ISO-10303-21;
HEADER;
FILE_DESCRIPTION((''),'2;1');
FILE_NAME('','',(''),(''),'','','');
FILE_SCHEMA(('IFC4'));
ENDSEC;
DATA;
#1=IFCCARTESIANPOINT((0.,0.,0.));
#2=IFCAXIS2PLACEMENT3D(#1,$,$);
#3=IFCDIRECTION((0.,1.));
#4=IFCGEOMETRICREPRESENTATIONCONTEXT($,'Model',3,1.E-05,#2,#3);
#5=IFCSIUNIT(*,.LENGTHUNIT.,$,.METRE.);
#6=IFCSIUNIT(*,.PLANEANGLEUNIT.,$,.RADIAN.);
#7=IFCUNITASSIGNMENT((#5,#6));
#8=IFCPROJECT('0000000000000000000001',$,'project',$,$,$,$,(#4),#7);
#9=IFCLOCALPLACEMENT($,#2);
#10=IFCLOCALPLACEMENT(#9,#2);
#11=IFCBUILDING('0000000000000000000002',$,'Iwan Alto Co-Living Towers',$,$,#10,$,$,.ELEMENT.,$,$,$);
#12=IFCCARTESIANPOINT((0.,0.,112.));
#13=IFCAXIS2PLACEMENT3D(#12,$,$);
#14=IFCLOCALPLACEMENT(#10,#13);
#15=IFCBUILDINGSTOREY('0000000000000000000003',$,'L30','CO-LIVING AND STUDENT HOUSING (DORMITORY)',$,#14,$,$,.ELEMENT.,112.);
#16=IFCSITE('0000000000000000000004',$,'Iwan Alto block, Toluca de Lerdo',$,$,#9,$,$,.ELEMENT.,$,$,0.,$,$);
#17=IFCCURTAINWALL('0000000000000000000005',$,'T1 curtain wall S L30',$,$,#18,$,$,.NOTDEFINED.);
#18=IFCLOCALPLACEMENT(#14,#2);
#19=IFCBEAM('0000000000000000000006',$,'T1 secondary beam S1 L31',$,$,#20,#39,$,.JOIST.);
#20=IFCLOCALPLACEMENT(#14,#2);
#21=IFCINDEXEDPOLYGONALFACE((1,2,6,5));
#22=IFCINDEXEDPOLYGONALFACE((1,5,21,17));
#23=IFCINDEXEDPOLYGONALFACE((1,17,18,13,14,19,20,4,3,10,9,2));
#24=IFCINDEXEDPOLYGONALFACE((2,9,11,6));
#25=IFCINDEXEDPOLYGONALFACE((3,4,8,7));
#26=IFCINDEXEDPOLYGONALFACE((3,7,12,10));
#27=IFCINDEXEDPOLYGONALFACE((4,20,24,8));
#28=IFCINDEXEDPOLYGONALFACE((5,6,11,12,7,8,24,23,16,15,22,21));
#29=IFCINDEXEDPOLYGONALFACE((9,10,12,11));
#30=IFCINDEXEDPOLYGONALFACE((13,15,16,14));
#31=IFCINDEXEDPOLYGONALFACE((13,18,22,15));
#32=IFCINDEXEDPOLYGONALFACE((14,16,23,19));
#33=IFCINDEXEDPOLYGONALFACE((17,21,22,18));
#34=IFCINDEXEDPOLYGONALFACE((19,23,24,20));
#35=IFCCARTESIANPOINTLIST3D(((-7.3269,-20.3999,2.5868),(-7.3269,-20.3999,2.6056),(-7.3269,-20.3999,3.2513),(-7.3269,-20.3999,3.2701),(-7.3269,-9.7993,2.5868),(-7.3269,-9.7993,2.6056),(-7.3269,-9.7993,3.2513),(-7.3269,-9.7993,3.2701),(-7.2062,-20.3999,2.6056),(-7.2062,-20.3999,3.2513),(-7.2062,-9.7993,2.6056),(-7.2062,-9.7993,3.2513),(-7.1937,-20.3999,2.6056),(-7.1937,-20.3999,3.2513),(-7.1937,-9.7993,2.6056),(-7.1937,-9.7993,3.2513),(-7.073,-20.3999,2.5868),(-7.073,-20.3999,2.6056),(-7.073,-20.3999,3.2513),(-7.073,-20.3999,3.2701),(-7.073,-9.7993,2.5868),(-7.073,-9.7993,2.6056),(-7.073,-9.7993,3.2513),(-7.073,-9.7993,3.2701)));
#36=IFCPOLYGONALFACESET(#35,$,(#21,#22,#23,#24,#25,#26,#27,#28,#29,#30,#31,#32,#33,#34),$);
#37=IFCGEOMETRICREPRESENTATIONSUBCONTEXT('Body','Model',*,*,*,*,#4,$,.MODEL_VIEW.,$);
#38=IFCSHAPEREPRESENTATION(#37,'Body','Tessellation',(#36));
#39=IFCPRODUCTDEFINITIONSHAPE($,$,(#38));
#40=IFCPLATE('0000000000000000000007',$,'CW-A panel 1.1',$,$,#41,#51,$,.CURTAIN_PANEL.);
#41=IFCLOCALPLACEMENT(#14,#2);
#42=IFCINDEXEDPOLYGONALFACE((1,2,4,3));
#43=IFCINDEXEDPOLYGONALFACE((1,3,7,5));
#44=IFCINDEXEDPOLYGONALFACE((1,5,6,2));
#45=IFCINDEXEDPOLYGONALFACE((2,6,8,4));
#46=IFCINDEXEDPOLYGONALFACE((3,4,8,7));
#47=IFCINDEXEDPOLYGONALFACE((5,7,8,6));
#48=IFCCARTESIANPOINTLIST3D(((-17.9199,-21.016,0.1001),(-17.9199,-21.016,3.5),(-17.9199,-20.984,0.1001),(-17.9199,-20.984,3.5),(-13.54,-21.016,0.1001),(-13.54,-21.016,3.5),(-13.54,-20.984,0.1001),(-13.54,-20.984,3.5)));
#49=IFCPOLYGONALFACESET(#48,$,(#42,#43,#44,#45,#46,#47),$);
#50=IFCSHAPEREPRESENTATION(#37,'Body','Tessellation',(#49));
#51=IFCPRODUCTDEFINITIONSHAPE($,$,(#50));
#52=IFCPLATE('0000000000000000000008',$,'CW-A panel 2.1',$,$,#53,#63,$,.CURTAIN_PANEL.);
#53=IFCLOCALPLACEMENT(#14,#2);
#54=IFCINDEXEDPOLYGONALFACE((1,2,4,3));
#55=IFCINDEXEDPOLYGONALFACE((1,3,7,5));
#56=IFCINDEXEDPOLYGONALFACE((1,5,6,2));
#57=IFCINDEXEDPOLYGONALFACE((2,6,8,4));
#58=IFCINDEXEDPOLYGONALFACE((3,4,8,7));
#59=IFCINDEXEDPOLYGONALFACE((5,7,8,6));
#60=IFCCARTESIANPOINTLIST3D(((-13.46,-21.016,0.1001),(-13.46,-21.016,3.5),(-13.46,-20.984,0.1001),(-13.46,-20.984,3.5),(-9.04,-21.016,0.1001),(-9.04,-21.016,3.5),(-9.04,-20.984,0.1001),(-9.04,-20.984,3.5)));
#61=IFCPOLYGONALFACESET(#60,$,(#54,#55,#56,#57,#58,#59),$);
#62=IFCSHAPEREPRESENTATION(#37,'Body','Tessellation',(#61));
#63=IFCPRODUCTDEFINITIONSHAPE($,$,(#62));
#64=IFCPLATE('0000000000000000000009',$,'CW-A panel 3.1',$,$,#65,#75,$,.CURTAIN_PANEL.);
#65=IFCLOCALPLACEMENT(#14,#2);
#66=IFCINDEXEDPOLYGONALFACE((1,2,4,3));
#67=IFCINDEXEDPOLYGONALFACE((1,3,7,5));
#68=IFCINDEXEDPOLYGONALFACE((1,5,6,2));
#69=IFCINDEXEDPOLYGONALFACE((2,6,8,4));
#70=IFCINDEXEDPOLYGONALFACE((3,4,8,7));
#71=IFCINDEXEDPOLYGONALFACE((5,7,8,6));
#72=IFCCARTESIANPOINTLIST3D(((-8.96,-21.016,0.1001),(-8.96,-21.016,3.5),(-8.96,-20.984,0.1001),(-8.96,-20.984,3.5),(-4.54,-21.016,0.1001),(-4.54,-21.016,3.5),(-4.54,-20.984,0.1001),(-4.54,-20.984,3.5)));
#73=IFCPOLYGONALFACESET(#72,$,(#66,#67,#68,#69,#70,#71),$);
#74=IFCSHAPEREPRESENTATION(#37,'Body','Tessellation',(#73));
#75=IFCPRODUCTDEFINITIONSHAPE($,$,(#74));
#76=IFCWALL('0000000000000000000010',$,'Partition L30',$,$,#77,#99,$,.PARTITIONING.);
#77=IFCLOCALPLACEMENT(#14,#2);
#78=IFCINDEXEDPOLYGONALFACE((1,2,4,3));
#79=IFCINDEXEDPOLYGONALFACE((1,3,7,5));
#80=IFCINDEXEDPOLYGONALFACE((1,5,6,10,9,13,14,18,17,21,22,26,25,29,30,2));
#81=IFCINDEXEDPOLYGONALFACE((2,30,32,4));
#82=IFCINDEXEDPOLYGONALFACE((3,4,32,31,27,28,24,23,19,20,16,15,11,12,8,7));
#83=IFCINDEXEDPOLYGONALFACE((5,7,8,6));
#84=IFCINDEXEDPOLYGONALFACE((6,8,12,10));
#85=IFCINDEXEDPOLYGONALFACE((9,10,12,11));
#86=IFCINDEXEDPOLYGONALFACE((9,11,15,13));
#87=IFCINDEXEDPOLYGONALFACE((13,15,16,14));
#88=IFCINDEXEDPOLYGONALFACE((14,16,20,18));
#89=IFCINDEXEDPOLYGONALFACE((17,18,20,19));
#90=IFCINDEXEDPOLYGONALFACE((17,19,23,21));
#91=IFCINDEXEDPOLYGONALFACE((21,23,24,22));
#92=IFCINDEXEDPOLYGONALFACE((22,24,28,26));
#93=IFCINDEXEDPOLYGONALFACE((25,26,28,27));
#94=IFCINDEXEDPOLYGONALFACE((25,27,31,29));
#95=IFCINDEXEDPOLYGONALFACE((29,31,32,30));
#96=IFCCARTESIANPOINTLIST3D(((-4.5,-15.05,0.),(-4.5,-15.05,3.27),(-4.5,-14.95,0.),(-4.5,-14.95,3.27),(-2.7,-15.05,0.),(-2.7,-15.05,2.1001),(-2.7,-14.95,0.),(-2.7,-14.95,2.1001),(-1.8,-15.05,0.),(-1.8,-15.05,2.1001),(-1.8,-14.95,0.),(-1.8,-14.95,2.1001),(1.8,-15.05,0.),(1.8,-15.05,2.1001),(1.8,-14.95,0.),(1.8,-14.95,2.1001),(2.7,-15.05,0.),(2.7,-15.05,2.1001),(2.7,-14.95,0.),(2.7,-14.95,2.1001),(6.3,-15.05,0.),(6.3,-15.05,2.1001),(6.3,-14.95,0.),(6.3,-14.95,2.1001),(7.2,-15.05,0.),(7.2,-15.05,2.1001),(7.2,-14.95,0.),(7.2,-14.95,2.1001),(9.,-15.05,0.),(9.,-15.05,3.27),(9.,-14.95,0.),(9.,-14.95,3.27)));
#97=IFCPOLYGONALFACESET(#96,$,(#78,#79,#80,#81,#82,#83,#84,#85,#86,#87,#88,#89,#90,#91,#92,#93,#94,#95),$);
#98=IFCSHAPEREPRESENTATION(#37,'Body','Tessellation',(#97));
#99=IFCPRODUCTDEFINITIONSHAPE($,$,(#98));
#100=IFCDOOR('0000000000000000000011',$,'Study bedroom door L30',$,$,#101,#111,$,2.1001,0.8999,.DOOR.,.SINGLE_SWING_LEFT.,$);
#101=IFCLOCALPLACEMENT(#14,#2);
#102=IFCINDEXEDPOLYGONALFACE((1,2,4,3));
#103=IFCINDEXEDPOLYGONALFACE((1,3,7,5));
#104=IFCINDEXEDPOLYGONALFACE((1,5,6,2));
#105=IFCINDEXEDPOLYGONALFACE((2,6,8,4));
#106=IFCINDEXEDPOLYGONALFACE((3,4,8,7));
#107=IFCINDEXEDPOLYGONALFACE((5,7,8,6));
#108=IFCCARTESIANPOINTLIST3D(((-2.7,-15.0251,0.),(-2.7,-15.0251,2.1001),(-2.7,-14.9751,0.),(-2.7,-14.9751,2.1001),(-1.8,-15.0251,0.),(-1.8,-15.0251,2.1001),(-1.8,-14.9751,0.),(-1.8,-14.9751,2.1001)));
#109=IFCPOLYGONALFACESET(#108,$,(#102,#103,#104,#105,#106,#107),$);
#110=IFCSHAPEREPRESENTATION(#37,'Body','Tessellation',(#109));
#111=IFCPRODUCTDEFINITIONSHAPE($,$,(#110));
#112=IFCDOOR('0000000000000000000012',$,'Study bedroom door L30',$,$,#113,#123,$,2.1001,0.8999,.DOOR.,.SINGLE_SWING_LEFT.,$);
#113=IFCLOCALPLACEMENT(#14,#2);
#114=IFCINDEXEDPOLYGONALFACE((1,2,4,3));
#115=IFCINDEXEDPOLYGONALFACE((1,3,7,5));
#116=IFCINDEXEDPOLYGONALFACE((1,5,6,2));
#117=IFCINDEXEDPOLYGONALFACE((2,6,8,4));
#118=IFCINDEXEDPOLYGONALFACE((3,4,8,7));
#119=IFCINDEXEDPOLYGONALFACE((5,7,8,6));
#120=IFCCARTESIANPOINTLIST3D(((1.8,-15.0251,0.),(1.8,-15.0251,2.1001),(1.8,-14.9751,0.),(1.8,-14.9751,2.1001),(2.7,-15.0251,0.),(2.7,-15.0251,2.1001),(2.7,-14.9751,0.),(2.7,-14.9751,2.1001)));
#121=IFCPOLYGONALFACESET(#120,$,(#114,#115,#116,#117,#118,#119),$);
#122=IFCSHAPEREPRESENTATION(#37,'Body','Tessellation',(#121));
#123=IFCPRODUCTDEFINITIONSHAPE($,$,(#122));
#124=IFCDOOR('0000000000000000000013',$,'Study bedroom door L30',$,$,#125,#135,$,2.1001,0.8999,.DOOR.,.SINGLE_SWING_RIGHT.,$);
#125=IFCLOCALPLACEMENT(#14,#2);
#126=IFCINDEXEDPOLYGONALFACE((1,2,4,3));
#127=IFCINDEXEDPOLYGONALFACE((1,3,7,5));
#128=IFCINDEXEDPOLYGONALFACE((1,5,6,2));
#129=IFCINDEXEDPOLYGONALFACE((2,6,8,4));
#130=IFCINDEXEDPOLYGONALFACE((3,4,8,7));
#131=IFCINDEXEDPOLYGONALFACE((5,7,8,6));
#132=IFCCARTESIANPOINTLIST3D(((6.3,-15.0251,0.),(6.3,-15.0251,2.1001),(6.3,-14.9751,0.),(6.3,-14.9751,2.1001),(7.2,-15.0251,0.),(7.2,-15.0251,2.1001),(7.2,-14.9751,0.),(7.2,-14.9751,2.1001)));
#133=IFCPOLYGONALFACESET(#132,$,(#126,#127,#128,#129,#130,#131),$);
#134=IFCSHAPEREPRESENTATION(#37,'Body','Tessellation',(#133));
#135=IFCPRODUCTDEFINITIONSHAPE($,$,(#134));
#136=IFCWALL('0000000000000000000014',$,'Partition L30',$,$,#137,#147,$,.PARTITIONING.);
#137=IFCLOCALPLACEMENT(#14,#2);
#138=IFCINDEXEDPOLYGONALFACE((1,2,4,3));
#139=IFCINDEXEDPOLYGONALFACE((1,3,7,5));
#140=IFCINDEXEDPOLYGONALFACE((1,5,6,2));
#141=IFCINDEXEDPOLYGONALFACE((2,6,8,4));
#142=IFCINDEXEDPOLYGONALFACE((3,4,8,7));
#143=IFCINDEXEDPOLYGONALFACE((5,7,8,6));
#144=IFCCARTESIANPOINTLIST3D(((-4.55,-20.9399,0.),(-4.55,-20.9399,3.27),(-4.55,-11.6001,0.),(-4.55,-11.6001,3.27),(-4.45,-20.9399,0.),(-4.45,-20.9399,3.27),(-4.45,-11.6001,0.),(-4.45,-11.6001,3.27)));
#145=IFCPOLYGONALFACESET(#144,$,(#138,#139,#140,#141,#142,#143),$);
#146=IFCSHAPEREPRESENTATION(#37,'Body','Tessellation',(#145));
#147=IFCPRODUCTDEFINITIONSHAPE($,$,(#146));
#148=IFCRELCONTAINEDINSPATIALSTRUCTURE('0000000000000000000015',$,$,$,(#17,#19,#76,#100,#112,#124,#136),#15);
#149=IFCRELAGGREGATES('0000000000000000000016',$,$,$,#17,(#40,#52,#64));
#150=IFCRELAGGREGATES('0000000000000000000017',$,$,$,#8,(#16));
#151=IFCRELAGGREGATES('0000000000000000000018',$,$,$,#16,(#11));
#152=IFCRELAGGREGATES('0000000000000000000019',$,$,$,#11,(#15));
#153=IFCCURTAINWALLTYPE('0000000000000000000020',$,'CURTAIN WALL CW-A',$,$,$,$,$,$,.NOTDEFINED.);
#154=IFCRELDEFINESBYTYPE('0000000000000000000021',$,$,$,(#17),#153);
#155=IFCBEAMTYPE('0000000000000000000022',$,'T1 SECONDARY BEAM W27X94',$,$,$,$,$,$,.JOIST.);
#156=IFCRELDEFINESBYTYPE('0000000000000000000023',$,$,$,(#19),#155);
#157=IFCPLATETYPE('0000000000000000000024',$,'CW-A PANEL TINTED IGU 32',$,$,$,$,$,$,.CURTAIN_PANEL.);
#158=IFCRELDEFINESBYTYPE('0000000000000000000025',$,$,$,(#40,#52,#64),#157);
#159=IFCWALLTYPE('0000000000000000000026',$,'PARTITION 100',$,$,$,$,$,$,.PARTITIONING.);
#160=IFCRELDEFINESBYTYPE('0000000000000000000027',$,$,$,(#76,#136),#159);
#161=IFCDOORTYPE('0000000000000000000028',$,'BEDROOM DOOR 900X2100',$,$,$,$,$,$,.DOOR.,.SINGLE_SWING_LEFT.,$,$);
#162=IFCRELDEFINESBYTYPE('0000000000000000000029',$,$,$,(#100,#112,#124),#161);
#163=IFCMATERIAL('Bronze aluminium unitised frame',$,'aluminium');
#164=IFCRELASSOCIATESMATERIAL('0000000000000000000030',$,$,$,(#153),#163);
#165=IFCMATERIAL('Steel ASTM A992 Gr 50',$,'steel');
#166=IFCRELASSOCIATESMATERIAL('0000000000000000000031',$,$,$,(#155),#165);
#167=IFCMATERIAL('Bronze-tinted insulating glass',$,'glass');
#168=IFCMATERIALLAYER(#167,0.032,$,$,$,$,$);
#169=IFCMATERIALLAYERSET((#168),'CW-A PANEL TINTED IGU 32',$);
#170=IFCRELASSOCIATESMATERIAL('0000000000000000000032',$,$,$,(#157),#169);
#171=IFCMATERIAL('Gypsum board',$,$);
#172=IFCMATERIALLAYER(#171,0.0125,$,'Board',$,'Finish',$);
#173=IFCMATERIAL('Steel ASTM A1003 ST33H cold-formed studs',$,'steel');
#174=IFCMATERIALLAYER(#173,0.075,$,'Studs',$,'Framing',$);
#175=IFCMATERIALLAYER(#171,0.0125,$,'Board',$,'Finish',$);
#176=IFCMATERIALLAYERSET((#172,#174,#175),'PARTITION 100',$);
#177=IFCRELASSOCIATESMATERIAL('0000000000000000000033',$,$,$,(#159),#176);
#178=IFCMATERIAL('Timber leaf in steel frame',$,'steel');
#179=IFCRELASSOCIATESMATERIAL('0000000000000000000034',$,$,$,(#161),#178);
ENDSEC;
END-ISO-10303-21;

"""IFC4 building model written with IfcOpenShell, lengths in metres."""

from ifc_helpers import new_model, si_unit, direction, frame, frame_2d, origin, origin_2d, place, context, subcontext, project, spatial, rectangle, i_section, extrude, material, layer, layer_set, material_profile, profile_set, type_object, element, fill, aggregate, save


model = new_model("IFC4")

# Units and contexts
model_context = context("Model", 3, precision=1e-05, world=origin(), true_north=direction((0.0, 1.0)))
body_context = subcontext(model_context, "Body", "Model", "MODEL_VIEW")
ifc_project = project(units=[si_unit("LENGTHUNIT", "METRE"), si_unit("PLANEANGLEUNIT", "RADIAN")], contexts=[model_context])

# Site, building, storey
site_placement = place(None, origin())
site = spatial("IfcSite", under=ifc_project, at=site_placement, Name="Iwan Alto block, Toluca de Lerdo", CompositionType="ELEMENT", RefElevation=0.0)
building_placement = place(site_placement, origin())
building = spatial("IfcBuilding", under=site, at=building_placement, Name="Iwan Alto Co-Living Towers", CompositionType="ELEMENT")
storey_placement = place(building_placement, frame((0.0, 0.0, 112.0)))
storey = spatial("IfcBuildingStorey", under=building, at=storey_placement, Name="L30", Description="CO-LIVING AND STUDENT HOUSING (DORMITORY)", CompositionType="ELEMENT", Elevation=112.0)

# Curtain wall
ifc_material_1 = material(Name="Bronze aluminium unitised frame", Category="aluminium")
curtain_wall_type = type_object("IfcCurtainWallType", Name="CURTAIN WALL CW-A", PredefinedType="NOTDEFINED", material=ifc_material_1)
curtain_wall_placement = place(storey_placement, origin())
curtain_wall = element("IfcCurtainWall", 1, at=curtain_wall_placement, inside=storey, type_object=curtain_wall_type, Name="T1 curtain wall S L30", PredefinedType="NOTDEFINED")

# Beam
ifc_material_2 = material(Name="Steel ASTM A992 Gr 50", Category="steel")
ifc_material_profile_1 = material_profile(ifc_material_2, i_section(OverallWidth=0.2539, OverallDepth=0.6833, WebThickness=0.0125, FlangeThickness=0.0188, at=origin_2d()), Name="W27X94")
ifc_profile_set_1 = profile_set([ifc_material_profile_1], Name="Steel ASTM A992 Gr 50")
beam_type_1 = type_object("IfcBeamType", Name="T1 SECONDARY BEAM W27X94", PredefinedType="JOIST", material=ifc_profile_set_1)
beam_1_placement = place(storey_placement, frame((-7.2, -20.3999, 2.9285), z_axis=(0.0, 1.0, 0.0), x_axis=(-1.0, 0.0, 0.0)))
element("IfcBeam", 2, at=beam_1_placement, inside=storey, type_object=beam_type_1, Name="T1 secondary beam S1 L31", PredefinedType="JOIST", context=body_context, shape_type="SweptSolid", body=[
    extrude(i_section(OverallWidth=0.2539, OverallDepth=0.6833, WebThickness=0.0125, FlangeThickness=0.0188, at=origin_2d()), origin(), (0.0, 0.0, 1.0), 10.6006),
])

# Plates
ifc_material_3 = material(Name="Bronze-tinted insulating glass", Category="glass")
ifc_layer_1 = layer(ifc_material_3, 0.032)
ifc_layer_set_1 = layer_set([ifc_layer_1], Name="CW-A PANEL TINTED IGU 32")
plate_type = type_object("IfcPlateType", Name="CW-A PANEL TINTED IGU 32", PredefinedType="CURTAIN_PANEL", material=ifc_layer_set_1)
plate_1_placement = place(storey_placement, frame((-15.73, -21.0, 0.1001), z_axis=(0.0, 0.0, 1.0), x_axis=(1.0, 0.0, 0.0)))
plate_1 = element("IfcPlate", 3, at=plate_1_placement, type_object=plate_type, Name="CW-A panel 1.1", PredefinedType="CURTAIN_PANEL", context=body_context, shape_type="SweptSolid", body=[
    extrude(rectangle(XDim=4.3799, YDim=0.032, at=origin_2d()), origin(), (0.0, 0.0, 1.0), 3.3999),
])
plate_2_placement = place(storey_placement, frame((-11.25, -21.0, 0.1001), z_axis=(0.0, 0.0, 1.0), x_axis=(1.0, 0.0, 0.0)))
plate_2 = element("IfcPlate", 4, at=plate_2_placement, type_object=plate_type, Name="CW-A panel 2.1", PredefinedType="CURTAIN_PANEL", context=body_context, shape_type="SweptSolid", body=[
    extrude(rectangle(XDim=4.4199, YDim=0.032, at=origin_2d()), origin(), (0.0, 0.0, 1.0), 3.3999),
])
plate_3_placement = place(storey_placement, frame((-6.75, -21.0, 0.1001), z_axis=(0.0, 0.0, 1.0), x_axis=(1.0, 0.0, 0.0)))
plate_3 = element("IfcPlate", 5, at=plate_3_placement, type_object=plate_type, Name="CW-A panel 3.1", PredefinedType="CURTAIN_PANEL", context=body_context, shape_type="SweptSolid", body=[
    extrude(rectangle(XDim=4.4199, YDim=0.032, at=origin_2d()), origin(), (0.0, 0.0, 1.0), 3.3999),
])
aggregate(curtain_wall, [plate_1, plate_2, plate_3])

# Wall, openings, doors
ifc_material_4 = material(Name="Gypsum board")
ifc_layer_2 = layer(ifc_material_4, 0.0125, Name="Board", Category="Finish")
ifc_material_5 = material(Name="Steel ASTM A1003 ST33H cold-formed studs", Category="steel")
ifc_layer_3 = layer(ifc_material_5, 0.075, Name="Studs", Category="Framing")
ifc_layer_4 = layer(ifc_material_4, 0.0125, Name="Board", Category="Finish")
ifc_layer_set_2 = layer_set([ifc_layer_2, ifc_layer_3, ifc_layer_4], Name="PARTITION 100")
wall_type = type_object("IfcWallType", Name="PARTITION 100", PredefinedType="PARTITIONING", material=ifc_layer_set_2)
wall_1_placement = place(storey_placement, frame((-4.5, -15.0, 0.0), z_axis=(0.0, 0.0, 1.0), x_axis=(1.0, 0.0, 0.0)))
wall_1 = element("IfcWall", 6, at=wall_1_placement, inside=storey, type_object=wall_type, Name="Partition L30", PredefinedType="PARTITIONING", context=body_context, shape_type="SweptSolid", body=[
    extrude(rectangle(XDim=13.5, YDim=0.1001, at=frame_2d((6.75, 0.0))), origin(), (0.0, 0.0, 1.0), 3.27),
])
opening_1_placement = place(wall_1_placement, frame((1.8, 0.0, 0.0)))
opening_1 = element("IfcOpeningElement", 7, at=opening_1_placement, cuts=wall_1, PredefinedType="OPENING", context=body_context, shape_type="SweptSolid", body=[
    extrude(rectangle(XDim=0.8999, YDim=2.1001, at=frame_2d((0.45, 1.05))), frame((0.0, 0.0601, 0.0), z_axis=(0.0, -1.0, 0.0), x_axis=(1.0, 0.0, 0.0)), (0.0, 0.0, 1.0), 0.1201),
])
opening_2_placement = place(wall_1_placement, frame((6.3, 0.0, 0.0)))
opening_2 = element("IfcOpeningElement", 8, at=opening_2_placement, cuts=wall_1, PredefinedType="OPENING", context=body_context, shape_type="SweptSolid", body=[
    extrude(rectangle(XDim=0.8999, YDim=2.1001, at=frame_2d((0.45, 1.05))), frame((0.0, 0.0601, 0.0), z_axis=(0.0, -1.0, 0.0), x_axis=(1.0, 0.0, 0.0)), (0.0, 0.0, 1.0), 0.1201),
])
opening_3_placement = place(wall_1_placement, frame((10.8, 0.0, 0.0)))
opening_3 = element("IfcOpeningElement", 9, at=opening_3_placement, cuts=wall_1, PredefinedType="OPENING", context=body_context, shape_type="SweptSolid", body=[
    extrude(rectangle(XDim=0.8999, YDim=2.1001, at=frame_2d((0.45, 1.05))), frame((0.0, 0.0601, 0.0), z_axis=(0.0, -1.0, 0.0), x_axis=(1.0, 0.0, 0.0)), (0.0, 0.0, 1.0), 0.1201),
])
ifc_material_6 = material(Name="Timber leaf in steel frame", Category="steel")
door_type_1 = type_object("IfcDoorType", Name="BEDROOM DOOR 900X2100", OperationType="SINGLE_SWING_LEFT", PredefinedType="DOOR", material=ifc_material_6)
door_1_placement = place(opening_1_placement, origin())
door_1 = element("IfcDoor", 10, at=door_1_placement, inside=storey, type_object=door_type_1, Name="Study bedroom door L30", OperationType="SINGLE_SWING_LEFT", OverallHeight=2.1001, OverallWidth=0.8999, PredefinedType="DOOR", context=body_context, shape_type="SweptSolid", body=[
    extrude(rectangle(XDim=0.8999, YDim=2.1001, at=frame_2d((0.45, 1.05))), frame((0.0, 0.0249, 0.0), z_axis=(0.0, -1.0, 0.0), x_axis=(1.0, 0.0, 0.0)), (0.0, 0.0, 1.0), 0.05),
])
fill(opening_1, door_1)
door_2_placement = place(opening_2_placement, origin())
door_2 = element("IfcDoor", 11, at=door_2_placement, inside=storey, type_object=door_type_1, Name="Study bedroom door L30", OperationType="SINGLE_SWING_LEFT", OverallHeight=2.1001, OverallWidth=0.8999, PredefinedType="DOOR", context=body_context, shape_type="SweptSolid", body=[
    extrude(rectangle(XDim=0.8999, YDim=2.1001, at=frame_2d((0.45, 1.05))), frame((0.0, 0.0249, 0.0), z_axis=(0.0, -1.0, 0.0), x_axis=(1.0, 0.0, 0.0)), (0.0, 0.0, 1.0), 0.05),
])
fill(opening_2, door_2)
door_3_placement = place(opening_3_placement, origin())
door_3 = element("IfcDoor", 12, at=door_3_placement, inside=storey, type_object=door_type_1, Name="Study bedroom door L30", OperationType="SINGLE_SWING_RIGHT", OverallHeight=2.1001, OverallWidth=0.8999, PredefinedType="DOOR", context=body_context, shape_type="SweptSolid", body=[
    extrude(rectangle(XDim=0.8999, YDim=2.1001, at=frame_2d((0.45, 1.05))), frame((0.0, 0.0249, 0.0), z_axis=(0.0, -1.0, 0.0), x_axis=(1.0, 0.0, 0.0)), (0.0, 0.0, 1.0), 0.05),
])
fill(opening_3, door_3)

# Wall
wall_2_placement = place(storey_placement, frame((-4.5, -20.9399, 0.0), z_axis=(0.0, 0.0, 1.0), x_axis=(0.0, 1.0, 0.0)))
element("IfcWall", 13, at=wall_2_placement, inside=storey, type_object=wall_type, Name="Partition L30", PredefinedType="PARTITIONING", context=body_context, shape_type="SweptSolid", body=[
    extrude(rectangle(XDim=9.3398, YDim=0.1001, at=frame_2d((4.6699, 0.0))), origin(), (0.0, 0.0, 1.0), 3.27),
])

save(model, "model.ifc")
